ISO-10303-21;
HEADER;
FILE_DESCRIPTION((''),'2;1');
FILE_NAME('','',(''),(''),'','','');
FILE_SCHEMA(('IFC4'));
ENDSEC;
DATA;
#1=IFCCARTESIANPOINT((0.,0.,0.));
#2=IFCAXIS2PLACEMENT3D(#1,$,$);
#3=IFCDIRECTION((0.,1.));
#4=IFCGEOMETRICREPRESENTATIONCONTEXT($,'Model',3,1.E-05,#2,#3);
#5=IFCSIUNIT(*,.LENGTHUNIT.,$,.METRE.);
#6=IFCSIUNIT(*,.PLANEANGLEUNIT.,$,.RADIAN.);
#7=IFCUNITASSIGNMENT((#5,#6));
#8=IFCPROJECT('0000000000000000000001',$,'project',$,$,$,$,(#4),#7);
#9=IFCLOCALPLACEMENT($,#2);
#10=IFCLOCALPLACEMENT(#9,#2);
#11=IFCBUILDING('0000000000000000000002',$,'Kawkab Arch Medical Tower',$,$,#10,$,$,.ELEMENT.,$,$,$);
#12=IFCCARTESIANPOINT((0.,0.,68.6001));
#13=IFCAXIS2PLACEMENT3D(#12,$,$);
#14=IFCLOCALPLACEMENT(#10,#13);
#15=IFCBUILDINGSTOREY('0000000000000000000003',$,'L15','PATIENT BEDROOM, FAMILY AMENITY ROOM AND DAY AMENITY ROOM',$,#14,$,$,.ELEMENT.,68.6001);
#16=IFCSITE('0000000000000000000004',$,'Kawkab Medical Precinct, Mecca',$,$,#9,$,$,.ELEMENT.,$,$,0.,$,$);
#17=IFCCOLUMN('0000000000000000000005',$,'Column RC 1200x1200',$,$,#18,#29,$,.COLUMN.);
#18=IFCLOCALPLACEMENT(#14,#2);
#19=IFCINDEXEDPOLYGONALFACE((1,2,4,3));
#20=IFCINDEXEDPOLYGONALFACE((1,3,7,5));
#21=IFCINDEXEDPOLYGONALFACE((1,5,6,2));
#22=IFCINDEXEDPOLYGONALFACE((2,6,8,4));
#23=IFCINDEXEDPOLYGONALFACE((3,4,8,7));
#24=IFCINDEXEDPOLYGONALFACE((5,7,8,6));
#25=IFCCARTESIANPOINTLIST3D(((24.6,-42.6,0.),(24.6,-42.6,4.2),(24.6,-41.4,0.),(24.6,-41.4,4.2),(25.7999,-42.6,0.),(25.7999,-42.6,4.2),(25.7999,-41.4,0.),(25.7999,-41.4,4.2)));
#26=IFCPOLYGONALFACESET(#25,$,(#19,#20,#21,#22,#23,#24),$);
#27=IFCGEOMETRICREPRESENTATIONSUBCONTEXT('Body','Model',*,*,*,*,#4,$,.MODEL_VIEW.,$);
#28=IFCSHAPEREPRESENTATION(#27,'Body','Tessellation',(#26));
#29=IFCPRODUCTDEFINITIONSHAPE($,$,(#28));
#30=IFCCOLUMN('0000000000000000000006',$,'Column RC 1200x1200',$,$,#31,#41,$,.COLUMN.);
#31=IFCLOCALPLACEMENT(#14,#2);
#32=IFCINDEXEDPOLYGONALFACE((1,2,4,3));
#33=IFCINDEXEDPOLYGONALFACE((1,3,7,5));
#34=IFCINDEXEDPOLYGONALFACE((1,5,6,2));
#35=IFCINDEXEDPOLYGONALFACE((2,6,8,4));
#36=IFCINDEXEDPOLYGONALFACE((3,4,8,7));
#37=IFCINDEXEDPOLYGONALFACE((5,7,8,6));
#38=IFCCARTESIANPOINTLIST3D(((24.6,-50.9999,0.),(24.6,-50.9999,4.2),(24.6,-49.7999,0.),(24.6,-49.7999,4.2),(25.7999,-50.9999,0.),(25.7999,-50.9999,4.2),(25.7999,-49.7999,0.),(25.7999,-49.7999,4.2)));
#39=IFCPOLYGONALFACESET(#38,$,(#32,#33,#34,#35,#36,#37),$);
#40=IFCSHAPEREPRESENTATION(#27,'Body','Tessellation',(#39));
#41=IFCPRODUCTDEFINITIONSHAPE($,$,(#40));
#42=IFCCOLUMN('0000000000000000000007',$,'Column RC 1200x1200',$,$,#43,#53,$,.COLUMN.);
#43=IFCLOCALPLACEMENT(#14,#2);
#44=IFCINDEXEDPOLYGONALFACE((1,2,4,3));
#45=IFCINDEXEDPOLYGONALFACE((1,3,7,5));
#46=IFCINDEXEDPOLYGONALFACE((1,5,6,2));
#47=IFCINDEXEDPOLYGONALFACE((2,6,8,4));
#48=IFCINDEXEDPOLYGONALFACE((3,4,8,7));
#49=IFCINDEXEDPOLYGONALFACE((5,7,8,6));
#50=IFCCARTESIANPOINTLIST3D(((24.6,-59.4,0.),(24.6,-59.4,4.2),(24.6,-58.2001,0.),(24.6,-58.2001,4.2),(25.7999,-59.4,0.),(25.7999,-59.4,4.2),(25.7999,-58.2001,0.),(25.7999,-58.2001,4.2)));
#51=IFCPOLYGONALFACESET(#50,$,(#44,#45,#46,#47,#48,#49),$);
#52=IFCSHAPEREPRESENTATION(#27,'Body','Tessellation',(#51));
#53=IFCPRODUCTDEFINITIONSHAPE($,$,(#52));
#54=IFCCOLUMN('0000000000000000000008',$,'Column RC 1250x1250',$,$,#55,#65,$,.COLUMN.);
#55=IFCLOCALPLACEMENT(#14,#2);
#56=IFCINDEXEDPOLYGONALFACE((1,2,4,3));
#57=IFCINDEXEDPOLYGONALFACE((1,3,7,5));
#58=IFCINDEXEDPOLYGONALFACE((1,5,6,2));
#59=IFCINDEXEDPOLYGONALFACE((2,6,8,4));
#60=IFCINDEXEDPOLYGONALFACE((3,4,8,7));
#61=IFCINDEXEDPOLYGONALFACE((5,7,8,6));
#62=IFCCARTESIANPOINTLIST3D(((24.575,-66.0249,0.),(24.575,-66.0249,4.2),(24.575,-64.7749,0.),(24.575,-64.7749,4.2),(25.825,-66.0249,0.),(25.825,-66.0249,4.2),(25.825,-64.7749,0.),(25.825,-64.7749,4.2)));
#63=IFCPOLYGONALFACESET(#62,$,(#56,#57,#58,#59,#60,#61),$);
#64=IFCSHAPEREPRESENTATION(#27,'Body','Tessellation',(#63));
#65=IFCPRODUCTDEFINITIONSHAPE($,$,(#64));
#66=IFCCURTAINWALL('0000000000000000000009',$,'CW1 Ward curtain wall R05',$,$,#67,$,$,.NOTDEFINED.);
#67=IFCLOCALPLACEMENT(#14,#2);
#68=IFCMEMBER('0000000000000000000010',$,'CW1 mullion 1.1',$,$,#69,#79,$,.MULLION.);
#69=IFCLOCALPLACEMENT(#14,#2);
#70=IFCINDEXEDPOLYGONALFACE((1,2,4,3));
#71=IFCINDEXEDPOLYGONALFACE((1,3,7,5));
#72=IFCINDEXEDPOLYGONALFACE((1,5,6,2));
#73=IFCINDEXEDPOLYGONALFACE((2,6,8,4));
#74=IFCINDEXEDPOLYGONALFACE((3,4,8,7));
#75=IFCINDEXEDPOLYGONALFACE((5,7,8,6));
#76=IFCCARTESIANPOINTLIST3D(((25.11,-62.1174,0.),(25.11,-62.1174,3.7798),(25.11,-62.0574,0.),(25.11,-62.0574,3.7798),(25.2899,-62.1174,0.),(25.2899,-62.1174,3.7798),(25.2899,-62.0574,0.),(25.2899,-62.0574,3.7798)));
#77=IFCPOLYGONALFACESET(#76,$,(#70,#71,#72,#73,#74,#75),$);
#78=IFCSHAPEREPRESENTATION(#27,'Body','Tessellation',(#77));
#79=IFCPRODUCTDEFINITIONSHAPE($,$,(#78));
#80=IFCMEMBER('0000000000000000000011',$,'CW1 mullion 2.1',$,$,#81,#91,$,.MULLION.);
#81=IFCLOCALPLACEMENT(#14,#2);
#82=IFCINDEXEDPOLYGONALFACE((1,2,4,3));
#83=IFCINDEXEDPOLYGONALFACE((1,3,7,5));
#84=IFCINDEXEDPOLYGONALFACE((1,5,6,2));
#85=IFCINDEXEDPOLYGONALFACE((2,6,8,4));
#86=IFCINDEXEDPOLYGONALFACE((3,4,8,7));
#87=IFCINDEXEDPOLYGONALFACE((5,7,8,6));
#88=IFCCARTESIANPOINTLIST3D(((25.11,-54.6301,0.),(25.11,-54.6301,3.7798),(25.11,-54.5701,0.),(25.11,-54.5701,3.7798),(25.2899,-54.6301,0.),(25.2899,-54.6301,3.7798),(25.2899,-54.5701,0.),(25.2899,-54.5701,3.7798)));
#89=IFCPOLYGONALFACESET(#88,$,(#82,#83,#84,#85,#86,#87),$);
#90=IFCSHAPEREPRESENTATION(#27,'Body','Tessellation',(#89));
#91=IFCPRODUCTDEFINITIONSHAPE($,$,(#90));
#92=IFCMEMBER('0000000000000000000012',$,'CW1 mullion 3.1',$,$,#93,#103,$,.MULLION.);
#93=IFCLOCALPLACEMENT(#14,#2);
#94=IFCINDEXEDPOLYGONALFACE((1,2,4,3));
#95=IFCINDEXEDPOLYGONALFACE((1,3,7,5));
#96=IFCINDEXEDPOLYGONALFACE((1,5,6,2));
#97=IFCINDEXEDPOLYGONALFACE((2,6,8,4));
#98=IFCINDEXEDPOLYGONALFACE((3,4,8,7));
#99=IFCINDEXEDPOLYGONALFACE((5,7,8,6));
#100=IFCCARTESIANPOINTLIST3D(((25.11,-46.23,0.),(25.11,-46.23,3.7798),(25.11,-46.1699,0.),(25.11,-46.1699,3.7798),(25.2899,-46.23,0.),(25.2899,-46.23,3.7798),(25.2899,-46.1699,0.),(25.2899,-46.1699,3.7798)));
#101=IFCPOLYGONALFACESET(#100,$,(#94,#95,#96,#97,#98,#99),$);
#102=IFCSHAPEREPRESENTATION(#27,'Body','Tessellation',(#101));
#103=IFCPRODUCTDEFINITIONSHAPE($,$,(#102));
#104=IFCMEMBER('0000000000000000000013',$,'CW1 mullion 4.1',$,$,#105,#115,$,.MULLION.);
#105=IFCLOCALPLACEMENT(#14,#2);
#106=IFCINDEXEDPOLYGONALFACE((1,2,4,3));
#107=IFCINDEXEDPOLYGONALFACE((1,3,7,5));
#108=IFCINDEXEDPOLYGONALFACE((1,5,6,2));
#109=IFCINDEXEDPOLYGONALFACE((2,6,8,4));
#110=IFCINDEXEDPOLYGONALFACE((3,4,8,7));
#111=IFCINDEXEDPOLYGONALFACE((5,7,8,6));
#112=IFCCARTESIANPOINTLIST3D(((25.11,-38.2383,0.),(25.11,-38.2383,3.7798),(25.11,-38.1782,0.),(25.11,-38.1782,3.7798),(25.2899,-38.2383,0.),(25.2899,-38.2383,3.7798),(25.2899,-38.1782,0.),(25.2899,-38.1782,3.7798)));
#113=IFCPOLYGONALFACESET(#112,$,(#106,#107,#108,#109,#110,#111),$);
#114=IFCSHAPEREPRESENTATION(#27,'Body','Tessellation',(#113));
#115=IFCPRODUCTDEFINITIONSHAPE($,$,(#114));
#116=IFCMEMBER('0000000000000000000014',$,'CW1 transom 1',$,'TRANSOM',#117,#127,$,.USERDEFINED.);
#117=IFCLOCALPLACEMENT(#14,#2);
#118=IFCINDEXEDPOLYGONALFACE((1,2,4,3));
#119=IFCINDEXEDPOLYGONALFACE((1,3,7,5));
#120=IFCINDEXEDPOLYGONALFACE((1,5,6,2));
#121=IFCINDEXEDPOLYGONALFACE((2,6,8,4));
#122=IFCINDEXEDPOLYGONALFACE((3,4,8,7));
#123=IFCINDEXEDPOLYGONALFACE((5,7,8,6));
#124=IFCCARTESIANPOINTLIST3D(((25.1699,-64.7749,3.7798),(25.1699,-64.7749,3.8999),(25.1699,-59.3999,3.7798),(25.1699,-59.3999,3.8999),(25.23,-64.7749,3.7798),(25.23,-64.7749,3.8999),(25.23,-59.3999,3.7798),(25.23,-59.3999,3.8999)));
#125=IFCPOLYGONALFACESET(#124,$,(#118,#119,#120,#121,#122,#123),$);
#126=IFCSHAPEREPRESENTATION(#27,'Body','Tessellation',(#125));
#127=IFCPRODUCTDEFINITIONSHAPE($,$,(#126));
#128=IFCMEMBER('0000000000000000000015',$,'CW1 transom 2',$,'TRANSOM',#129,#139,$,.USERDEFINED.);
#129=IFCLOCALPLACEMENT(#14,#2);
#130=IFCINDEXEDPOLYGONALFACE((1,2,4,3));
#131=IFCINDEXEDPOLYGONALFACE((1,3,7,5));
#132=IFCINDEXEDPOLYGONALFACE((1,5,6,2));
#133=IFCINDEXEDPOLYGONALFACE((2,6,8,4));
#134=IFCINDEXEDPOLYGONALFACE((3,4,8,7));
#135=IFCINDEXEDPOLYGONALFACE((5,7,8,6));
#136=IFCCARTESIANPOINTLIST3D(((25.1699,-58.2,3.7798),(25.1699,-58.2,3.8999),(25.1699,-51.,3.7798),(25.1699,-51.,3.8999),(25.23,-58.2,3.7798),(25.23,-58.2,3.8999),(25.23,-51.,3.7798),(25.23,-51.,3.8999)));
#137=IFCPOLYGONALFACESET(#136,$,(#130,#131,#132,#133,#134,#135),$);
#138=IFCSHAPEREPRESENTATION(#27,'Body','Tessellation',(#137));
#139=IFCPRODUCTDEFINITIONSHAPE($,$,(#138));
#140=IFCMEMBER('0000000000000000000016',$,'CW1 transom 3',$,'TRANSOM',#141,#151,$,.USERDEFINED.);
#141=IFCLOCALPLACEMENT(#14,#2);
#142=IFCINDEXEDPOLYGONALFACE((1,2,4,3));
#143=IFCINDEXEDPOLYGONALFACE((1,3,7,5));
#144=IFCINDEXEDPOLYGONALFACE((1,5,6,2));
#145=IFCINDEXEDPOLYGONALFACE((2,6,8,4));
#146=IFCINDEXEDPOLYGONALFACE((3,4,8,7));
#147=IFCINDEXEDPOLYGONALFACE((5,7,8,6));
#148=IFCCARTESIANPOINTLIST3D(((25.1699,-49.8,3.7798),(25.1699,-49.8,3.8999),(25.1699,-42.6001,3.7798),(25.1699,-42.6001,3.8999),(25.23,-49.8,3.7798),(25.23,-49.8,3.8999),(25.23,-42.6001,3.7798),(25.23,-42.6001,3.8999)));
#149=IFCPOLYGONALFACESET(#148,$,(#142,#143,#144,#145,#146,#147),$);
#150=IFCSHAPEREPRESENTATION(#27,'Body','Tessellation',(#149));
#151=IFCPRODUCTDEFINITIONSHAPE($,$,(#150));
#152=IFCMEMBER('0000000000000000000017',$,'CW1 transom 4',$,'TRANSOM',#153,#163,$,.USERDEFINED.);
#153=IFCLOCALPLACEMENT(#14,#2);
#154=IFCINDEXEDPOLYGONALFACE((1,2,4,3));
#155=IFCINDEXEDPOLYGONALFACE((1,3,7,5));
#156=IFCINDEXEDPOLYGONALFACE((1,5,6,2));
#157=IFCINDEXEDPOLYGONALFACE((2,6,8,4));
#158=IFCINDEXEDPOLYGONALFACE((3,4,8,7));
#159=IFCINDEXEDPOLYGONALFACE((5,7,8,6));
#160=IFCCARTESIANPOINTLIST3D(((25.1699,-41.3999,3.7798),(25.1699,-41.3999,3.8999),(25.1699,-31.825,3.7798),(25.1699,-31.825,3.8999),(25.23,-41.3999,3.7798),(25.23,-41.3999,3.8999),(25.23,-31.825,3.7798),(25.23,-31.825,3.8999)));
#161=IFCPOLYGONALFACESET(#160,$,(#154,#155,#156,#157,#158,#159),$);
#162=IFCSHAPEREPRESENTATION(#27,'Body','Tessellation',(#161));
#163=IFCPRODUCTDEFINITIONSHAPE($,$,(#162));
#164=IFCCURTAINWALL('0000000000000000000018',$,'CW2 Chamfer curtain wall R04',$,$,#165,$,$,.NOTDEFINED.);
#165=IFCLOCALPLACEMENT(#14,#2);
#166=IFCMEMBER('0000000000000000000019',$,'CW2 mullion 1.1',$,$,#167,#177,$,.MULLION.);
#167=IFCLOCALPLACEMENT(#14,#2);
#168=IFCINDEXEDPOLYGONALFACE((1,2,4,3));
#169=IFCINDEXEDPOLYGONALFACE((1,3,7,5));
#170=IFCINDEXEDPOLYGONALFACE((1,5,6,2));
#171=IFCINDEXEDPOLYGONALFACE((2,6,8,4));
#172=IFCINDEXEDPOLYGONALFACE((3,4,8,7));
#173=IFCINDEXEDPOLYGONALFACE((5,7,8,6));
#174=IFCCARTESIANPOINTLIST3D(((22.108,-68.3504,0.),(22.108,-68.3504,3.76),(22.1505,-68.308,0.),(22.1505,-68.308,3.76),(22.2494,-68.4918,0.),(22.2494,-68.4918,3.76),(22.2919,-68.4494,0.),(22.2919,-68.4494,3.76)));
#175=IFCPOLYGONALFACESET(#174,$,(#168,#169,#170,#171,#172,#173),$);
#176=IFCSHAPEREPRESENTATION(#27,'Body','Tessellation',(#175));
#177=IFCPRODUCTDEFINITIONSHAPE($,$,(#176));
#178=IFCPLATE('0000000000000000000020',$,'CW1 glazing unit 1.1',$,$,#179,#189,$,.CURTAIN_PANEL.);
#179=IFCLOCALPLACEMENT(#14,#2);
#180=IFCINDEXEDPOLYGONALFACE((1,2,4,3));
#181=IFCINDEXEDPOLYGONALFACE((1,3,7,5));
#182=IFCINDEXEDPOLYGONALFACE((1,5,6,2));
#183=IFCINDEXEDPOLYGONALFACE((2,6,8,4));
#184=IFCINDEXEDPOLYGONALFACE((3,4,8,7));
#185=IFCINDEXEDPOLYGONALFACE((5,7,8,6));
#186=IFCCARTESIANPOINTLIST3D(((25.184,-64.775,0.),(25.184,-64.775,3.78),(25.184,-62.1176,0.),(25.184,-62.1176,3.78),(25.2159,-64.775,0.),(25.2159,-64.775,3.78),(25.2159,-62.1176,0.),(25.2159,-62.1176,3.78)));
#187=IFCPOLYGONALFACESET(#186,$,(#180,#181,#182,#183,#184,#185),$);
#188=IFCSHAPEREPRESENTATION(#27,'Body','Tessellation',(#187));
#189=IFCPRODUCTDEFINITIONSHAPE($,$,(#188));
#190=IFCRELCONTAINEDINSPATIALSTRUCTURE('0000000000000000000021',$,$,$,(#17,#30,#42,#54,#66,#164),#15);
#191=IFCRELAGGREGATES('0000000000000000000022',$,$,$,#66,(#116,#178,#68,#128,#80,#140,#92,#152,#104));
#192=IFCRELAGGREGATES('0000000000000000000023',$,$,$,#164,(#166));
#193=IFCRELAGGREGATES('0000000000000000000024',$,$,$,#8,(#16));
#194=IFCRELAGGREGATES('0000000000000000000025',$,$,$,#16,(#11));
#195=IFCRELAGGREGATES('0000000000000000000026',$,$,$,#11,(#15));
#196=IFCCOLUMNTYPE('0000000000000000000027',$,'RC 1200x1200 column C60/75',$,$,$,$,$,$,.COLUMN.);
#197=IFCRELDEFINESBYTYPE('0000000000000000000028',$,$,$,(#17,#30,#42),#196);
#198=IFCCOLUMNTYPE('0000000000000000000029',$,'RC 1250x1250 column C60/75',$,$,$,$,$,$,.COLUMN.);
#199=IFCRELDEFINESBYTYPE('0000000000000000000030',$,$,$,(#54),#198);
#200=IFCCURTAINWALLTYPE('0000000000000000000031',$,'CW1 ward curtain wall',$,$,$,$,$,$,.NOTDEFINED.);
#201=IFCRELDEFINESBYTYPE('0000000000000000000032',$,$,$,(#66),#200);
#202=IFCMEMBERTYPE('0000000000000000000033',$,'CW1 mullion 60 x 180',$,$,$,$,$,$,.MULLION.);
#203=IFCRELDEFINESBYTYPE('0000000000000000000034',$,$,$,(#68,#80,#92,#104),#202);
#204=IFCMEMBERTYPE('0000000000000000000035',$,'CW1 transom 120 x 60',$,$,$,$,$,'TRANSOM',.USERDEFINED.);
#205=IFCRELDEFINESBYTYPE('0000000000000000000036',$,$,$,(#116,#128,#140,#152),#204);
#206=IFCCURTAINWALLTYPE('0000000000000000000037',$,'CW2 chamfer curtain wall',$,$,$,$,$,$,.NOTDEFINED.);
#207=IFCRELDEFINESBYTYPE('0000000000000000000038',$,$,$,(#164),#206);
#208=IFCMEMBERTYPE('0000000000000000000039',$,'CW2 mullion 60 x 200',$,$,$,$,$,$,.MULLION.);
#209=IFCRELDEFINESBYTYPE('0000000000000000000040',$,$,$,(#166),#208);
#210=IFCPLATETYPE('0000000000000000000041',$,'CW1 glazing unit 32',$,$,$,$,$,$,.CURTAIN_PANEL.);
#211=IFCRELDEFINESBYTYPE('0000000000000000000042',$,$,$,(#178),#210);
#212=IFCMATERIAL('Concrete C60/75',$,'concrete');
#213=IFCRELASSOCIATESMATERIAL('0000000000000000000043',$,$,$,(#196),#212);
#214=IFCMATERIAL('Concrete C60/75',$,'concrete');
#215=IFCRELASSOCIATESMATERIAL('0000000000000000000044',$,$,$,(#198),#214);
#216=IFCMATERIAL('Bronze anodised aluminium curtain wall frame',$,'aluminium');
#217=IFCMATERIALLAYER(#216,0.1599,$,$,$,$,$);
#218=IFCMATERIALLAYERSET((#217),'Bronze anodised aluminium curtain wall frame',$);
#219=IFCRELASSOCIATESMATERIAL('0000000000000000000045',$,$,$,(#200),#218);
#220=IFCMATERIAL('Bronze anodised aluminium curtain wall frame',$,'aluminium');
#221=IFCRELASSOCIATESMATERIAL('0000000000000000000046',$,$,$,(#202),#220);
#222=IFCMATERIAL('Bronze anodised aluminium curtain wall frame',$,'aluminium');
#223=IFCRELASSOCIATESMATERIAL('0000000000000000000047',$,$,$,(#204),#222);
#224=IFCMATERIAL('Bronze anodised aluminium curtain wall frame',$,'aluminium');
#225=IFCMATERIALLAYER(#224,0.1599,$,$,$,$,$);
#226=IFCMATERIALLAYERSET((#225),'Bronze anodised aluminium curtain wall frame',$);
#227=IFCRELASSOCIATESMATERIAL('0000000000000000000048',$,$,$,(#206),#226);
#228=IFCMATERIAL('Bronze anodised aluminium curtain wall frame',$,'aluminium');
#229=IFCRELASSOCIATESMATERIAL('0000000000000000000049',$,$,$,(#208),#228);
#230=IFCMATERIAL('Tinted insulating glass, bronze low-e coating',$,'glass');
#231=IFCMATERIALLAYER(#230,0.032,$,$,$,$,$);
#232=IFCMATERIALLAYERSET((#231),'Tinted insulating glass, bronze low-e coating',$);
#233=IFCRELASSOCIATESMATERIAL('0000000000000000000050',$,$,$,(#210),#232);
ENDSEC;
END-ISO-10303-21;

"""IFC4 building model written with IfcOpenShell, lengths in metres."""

from ifc_helpers import new_model, si_unit, direction, frame, origin, origin_2d, place, context, subcontext, project, spatial, rectangle, extrude, material, layer, layer_set, material_profile, profile_set, type_object, element, aggregate, save


model = new_model("IFC4")

# Units and contexts
model_context = context("Model", 3, precision=1e-05, world=origin(), true_north=direction((0.0, 1.0)))
body_context = subcontext(model_context, "Body", "Model", "MODEL_VIEW")
ifc_project = project(units=[si_unit("LENGTHUNIT", "METRE"), si_unit("PLANEANGLEUNIT", "RADIAN")], contexts=[model_context])

# Site, building, storey
site_placement = place(None, origin())
site = spatial("IfcSite", under=ifc_project, at=site_placement, Name="Kawkab Medical Precinct, Mecca", CompositionType="ELEMENT", RefElevation=0.0)
building_placement = place(site_placement, origin())
building = spatial("IfcBuilding", under=site, at=building_placement, Name="Kawkab Arch Medical Tower", CompositionType="ELEMENT")
storey_placement = place(building_placement, frame((0.0, 0.0, 68.6001)))
storey = spatial("IfcBuildingStorey", under=building, at=storey_placement, Name="L15", Description="PATIENT BEDROOM, FAMILY AMENITY ROOM AND DAY AMENITY ROOM", CompositionType="ELEMENT", Elevation=68.6001)

# Columns
ifc_material_1 = material(Name="Concrete C60/75", Category="concrete")
ifc_material_profile_1 = material_profile(ifc_material_1, rectangle(XDim=1.2, YDim=1.2, at=origin_2d()), Name="RC 1200x1200")
ifc_profile_set_1 = profile_set([ifc_material_profile_1], Name="Concrete C60/75")
column_type_1 = type_object("IfcColumnType", Name="RC 1200x1200 column C60/75", PredefinedType="COLUMN", material=ifc_profile_set_1)
for number, where, z_axis, x_axis, name in (
    (1, (25.2, -42.0, 0.0), (0.0, 0.0, 1.0), (1.0, 0.0, 0.0), "Column RC 1200x1200"),
    (2, (25.2, -50.3999, 0.0), (0.0, 0.0, 1.0), (1.0, 0.0, 0.0), "Column RC 1200x1200"),
    (3, (25.2, -58.8, 0.0), (0.0, 0.0, 1.0), (1.0, 0.0, 0.0), "Column RC 1200x1200"),
):
    element("IfcColumn", number, at=place(storey_placement, frame(where, z_axis=z_axis, x_axis=x_axis)), inside=storey, type_object=column_type_1, Name=name, PredefinedType="COLUMN", context=body_context, shape_type="SweptSolid", body=[
        extrude(rectangle(XDim=1.2, YDim=1.2, at=origin_2d()), origin(), (0.0, 0.0, 1.0), 4.2),
    ])
ifc_material_2 = material(Name="Concrete C60/75", Category="concrete")
ifc_material_profile_2 = material_profile(ifc_material_2, rectangle(XDim=1.25, YDim=1.25, at=origin_2d()), Name="RC 1250x1250")
ifc_profile_set_2 = profile_set([ifc_material_profile_2], Name="Concrete C60/75")
column_type_2 = type_object("IfcColumnType", Name="RC 1250x1250 column C60/75", PredefinedType="COLUMN", material=ifc_profile_set_2)
column_placement = place(storey_placement, frame((25.2, -65.3999, 0.0), z_axis=(0.0, 0.0, 1.0), x_axis=(1.0, 0.0, 0.0)))
element("IfcColumn", 4, at=column_placement, inside=storey, type_object=column_type_2, Name="Column RC 1250x1250", PredefinedType="COLUMN", context=body_context, shape_type="SweptSolid", body=[
    extrude(rectangle(XDim=1.25, YDim=1.25, at=origin_2d()), origin(), (0.0, 0.0, 1.0), 4.2),
])

# Curtain wall, members
ifc_material_3 = material(Name="Bronze anodised aluminium curtain wall frame", Category="aluminium")
ifc_layer_1 = layer(ifc_material_3, 0.1599)
ifc_layer_set_1 = layer_set([ifc_layer_1], Name="Bronze anodised aluminium curtain wall frame")
curtain_wall_type_1 = type_object("IfcCurtainWallType", Name="CW1 ward curtain wall", PredefinedType="NOTDEFINED", material=ifc_layer_set_1)
placement = place(storey_placement, origin())
curtain_wall_1 = element("IfcCurtainWall", 5, at=placement, inside=storey, type_object=curtain_wall_type_1, Name="CW1 Ward curtain wall R05", PredefinedType="NOTDEFINED")
ifc_material_4 = material(Name="Bronze anodised aluminium curtain wall frame", Category="aluminium")
ifc_material_profile_3 = material_profile(ifc_material_4, rectangle(XDim=0.1799, YDim=0.0601, at=origin_2d()), Name="AL 60x180")
ifc_profile_set_3 = profile_set([ifc_material_profile_3], Name="Bronze anodised aluminium curtain wall frame")
member_type_1 = type_object("IfcMemberType", Name="CW1 mullion 60 x 180", PredefinedType="MULLION", material=ifc_profile_set_3)
member_1_placement = place(storey_placement, frame((25.2, -62.0874, 0.0), z_axis=(0.0, 0.0, 1.0), x_axis=(-1.0, 0.0, 0.0)))
member_1 = element("IfcMember", 6, at=member_1_placement, type_object=member_type_1, Name="CW1 mullion 1.1", PredefinedType="MULLION", context=body_context, shape_type="SweptSolid", body=[
    extrude(rectangle(XDim=0.1799, YDim=0.0601, at=origin_2d()), origin(), (0.0, 0.0, 1.0), 3.7798),
])
member_2_placement = place(storey_placement, frame((25.2, -54.6001, 0.0), z_axis=(0.0, 0.0, 1.0), x_axis=(-1.0, 0.0, 0.0)))
member_2 = element("IfcMember", 7, at=member_2_placement, type_object=member_type_1, Name="CW1 mullion 2.1", PredefinedType="MULLION", context=body_context, shape_type="SweptSolid", body=[
    extrude(rectangle(XDim=0.1799, YDim=0.0601, at=origin_2d()), origin(), (0.0, 0.0, 1.0), 3.7798),
])
member_3_placement = place(storey_placement, frame((25.2, -46.2, 0.0), z_axis=(0.0, 0.0, 1.0), x_axis=(-1.0, 0.0, 0.0)))
member_3 = element("IfcMember", 8, at=member_3_placement, type_object=member_type_1, Name="CW1 mullion 3.1", PredefinedType="MULLION", context=body_context, shape_type="SweptSolid", body=[
    extrude(rectangle(XDim=0.1799, YDim=0.0601, at=origin_2d()), origin(), (0.0, 0.0, 1.0), 3.7798),
])
member_4_placement = place(storey_placement, frame((25.2, -38.2083, 0.0), z_axis=(0.0, 0.0, 1.0), x_axis=(-1.0, 0.0, 0.0)))
member_4 = element("IfcMember", 9, at=member_4_placement, type_object=member_type_1, Name="CW1 mullion 4.1", PredefinedType="MULLION", context=body_context, shape_type="SweptSolid", body=[
    extrude(rectangle(XDim=0.1799, YDim=0.0601, at=origin_2d()), origin(), (0.0, 0.0, 1.0), 3.7798),
])
ifc_material_5 = material(Name="Bronze anodised aluminium curtain wall frame", Category="aluminium")
ifc_material_profile_4 = material_profile(ifc_material_5, rectangle(XDim=0.0601, YDim=0.1201, at=origin_2d()), Name="AL 60x120")
ifc_profile_set_4 = profile_set([ifc_material_profile_4], Name="Bronze anodised aluminium curtain wall frame")
member_type_2 = type_object("IfcMemberType", Name="CW1 transom 120 x 60", ElementType="TRANSOM", PredefinedType="USERDEFINED", material=ifc_profile_set_4)
member_5_placement = place(storey_placement, frame((25.2, -64.7749, 3.8398), z_axis=(0.0, 1.0, 0.0), x_axis=(-1.0, 0.0, 0.0)))
member_5 = element("IfcMember", 10, at=member_5_placement, type_object=member_type_2, Name="CW1 transom 1", ObjectType="TRANSOM", PredefinedType="USERDEFINED", context=body_context, shape_type="SweptSolid", body=[
    extrude(rectangle(XDim=0.0601, YDim=0.1201, at=origin_2d()), origin(), (0.0, 0.0, 1.0), 5.375),
])
member_6_placement = place(storey_placement, frame((25.2, -58.2, 3.8398), z_axis=(0.0, 1.0, 0.0), x_axis=(-1.0, 0.0, 0.0)))
member_6 = element("IfcMember", 11, at=member_6_placement, type_object=member_type_2, Name="CW1 transom 2", ObjectType="TRANSOM", PredefinedType="USERDEFINED", context=body_context, shape_type="SweptSolid", body=[
    extrude(rectangle(XDim=0.0601, YDim=0.1201, at=origin_2d()), origin(), (0.0, 0.0, 1.0), 7.2),
])
member_7_placement = place(storey_placement, frame((25.2, -49.8, 3.8398), z_axis=(0.0, 1.0, 0.0), x_axis=(-1.0, 0.0, 0.0)))
member_7 = element("IfcMember", 12, at=member_7_placement, type_object=member_type_2, Name="CW1 transom 3", ObjectType="TRANSOM", PredefinedType="USERDEFINED", context=body_context, shape_type="SweptSolid", body=[
    extrude(rectangle(XDim=0.0601, YDim=0.1201, at=origin_2d()), origin(), (0.0, 0.0, 1.0), 7.2),
])
member_8_placement = place(storey_placement, frame((25.2, -41.3999, 3.8398), z_axis=(0.0, 1.0, 0.0), x_axis=(-1.0, 0.0, 0.0)))
member_8 = element("IfcMember", 13, at=member_8_placement, type_object=member_type_2, Name="CW1 transom 4", ObjectType="TRANSOM", PredefinedType="USERDEFINED", context=body_context, shape_type="SweptSolid", body=[
    extrude(rectangle(XDim=0.0601, YDim=0.1201, at=origin_2d()), origin(), (0.0, 0.0, 1.0), 9.575),
])

# Curtain wall, member
ifc_material_6 = material(Name="Bronze anodised aluminium curtain wall frame", Category="aluminium")
ifc_layer_2 = layer(ifc_material_6, 0.1599)
ifc_layer_set_2 = layer_set([ifc_layer_2], Name="Bronze anodised aluminium curtain wall frame")
curtain_wall_type_2 = type_object("IfcCurtainWallType", Name="CW2 chamfer curtain wall", PredefinedType="NOTDEFINED", material=ifc_layer_set_2)
curtain_wall_2 = element("IfcCurtainWall", 14, at=placement, inside=storey, type_object=curtain_wall_type_2, Name="CW2 Chamfer curtain wall R04", PredefinedType="NOTDEFINED")
ifc_material_7 = material(Name="Bronze anodised aluminium curtain wall frame", Category="aluminium")
ifc_material_profile_5 = material_profile(ifc_material_7, rectangle(XDim=0.2, YDim=0.0601, at=origin_2d()), Name="AL 60x200")
ifc_profile_set_5 = profile_set([ifc_material_profile_5], Name="Bronze anodised aluminium curtain wall frame")
member_type_3 = type_object("IfcMemberType", Name="CW2 mullion 60 x 200", PredefinedType="MULLION", material=ifc_profile_set_5)
member_9_placement = place(storey_placement, frame((22.2, -68.3999, 0.0), z_axis=(0.0, 0.0, 1.0), x_axis=(-0.707107, 0.707107, 0.0)))
member_9 = element("IfcMember", 15, at=member_9_placement, type_object=member_type_3, Name="CW2 mullion 1.1", PredefinedType="MULLION", context=body_context, shape_type="SweptSolid", body=[
    extrude(rectangle(XDim=0.2, YDim=0.0601, at=origin_2d()), origin(), (0.0, 0.0, 1.0), 3.76),
])

# Plate
ifc_material_8 = material(Name="Tinted insulating glass, bronze low-e coating", Category="glass")
ifc_layer_3 = layer(ifc_material_8, 0.032)
ifc_layer_set_3 = layer_set([ifc_layer_3], Name="Tinted insulating glass, bronze low-e coating")
plate_type_1 = type_object("IfcPlateType", Name="CW1 glazing unit 32", PredefinedType="CURTAIN_PANEL", material=ifc_layer_set_3)
plate_1_placement = place(storey_placement, frame((25.2, -63.4463, 0.0), z_axis=(0.0, 0.0, 1.0), x_axis=(0.0, 1.0, 0.0)))
plate_1 = element("IfcPlate", 16, at=plate_1_placement, type_object=plate_type_1, Name="CW1 glazing unit 1.1", PredefinedType="CURTAIN_PANEL", context=body_context, shape_type="SweptSolid", body=[
    extrude(rectangle(XDim=2.6575, YDim=0.032, at=origin_2d()), origin(), (0.0, 0.0, 1.0), 3.78),
])
aggregate(curtain_wall_1, [member_5, plate_1, member_1, member_6, member_2, member_7, member_3, member_8, member_4])
aggregate(curtain_wall_2, [member_9])

save(model, "model.ifc")
